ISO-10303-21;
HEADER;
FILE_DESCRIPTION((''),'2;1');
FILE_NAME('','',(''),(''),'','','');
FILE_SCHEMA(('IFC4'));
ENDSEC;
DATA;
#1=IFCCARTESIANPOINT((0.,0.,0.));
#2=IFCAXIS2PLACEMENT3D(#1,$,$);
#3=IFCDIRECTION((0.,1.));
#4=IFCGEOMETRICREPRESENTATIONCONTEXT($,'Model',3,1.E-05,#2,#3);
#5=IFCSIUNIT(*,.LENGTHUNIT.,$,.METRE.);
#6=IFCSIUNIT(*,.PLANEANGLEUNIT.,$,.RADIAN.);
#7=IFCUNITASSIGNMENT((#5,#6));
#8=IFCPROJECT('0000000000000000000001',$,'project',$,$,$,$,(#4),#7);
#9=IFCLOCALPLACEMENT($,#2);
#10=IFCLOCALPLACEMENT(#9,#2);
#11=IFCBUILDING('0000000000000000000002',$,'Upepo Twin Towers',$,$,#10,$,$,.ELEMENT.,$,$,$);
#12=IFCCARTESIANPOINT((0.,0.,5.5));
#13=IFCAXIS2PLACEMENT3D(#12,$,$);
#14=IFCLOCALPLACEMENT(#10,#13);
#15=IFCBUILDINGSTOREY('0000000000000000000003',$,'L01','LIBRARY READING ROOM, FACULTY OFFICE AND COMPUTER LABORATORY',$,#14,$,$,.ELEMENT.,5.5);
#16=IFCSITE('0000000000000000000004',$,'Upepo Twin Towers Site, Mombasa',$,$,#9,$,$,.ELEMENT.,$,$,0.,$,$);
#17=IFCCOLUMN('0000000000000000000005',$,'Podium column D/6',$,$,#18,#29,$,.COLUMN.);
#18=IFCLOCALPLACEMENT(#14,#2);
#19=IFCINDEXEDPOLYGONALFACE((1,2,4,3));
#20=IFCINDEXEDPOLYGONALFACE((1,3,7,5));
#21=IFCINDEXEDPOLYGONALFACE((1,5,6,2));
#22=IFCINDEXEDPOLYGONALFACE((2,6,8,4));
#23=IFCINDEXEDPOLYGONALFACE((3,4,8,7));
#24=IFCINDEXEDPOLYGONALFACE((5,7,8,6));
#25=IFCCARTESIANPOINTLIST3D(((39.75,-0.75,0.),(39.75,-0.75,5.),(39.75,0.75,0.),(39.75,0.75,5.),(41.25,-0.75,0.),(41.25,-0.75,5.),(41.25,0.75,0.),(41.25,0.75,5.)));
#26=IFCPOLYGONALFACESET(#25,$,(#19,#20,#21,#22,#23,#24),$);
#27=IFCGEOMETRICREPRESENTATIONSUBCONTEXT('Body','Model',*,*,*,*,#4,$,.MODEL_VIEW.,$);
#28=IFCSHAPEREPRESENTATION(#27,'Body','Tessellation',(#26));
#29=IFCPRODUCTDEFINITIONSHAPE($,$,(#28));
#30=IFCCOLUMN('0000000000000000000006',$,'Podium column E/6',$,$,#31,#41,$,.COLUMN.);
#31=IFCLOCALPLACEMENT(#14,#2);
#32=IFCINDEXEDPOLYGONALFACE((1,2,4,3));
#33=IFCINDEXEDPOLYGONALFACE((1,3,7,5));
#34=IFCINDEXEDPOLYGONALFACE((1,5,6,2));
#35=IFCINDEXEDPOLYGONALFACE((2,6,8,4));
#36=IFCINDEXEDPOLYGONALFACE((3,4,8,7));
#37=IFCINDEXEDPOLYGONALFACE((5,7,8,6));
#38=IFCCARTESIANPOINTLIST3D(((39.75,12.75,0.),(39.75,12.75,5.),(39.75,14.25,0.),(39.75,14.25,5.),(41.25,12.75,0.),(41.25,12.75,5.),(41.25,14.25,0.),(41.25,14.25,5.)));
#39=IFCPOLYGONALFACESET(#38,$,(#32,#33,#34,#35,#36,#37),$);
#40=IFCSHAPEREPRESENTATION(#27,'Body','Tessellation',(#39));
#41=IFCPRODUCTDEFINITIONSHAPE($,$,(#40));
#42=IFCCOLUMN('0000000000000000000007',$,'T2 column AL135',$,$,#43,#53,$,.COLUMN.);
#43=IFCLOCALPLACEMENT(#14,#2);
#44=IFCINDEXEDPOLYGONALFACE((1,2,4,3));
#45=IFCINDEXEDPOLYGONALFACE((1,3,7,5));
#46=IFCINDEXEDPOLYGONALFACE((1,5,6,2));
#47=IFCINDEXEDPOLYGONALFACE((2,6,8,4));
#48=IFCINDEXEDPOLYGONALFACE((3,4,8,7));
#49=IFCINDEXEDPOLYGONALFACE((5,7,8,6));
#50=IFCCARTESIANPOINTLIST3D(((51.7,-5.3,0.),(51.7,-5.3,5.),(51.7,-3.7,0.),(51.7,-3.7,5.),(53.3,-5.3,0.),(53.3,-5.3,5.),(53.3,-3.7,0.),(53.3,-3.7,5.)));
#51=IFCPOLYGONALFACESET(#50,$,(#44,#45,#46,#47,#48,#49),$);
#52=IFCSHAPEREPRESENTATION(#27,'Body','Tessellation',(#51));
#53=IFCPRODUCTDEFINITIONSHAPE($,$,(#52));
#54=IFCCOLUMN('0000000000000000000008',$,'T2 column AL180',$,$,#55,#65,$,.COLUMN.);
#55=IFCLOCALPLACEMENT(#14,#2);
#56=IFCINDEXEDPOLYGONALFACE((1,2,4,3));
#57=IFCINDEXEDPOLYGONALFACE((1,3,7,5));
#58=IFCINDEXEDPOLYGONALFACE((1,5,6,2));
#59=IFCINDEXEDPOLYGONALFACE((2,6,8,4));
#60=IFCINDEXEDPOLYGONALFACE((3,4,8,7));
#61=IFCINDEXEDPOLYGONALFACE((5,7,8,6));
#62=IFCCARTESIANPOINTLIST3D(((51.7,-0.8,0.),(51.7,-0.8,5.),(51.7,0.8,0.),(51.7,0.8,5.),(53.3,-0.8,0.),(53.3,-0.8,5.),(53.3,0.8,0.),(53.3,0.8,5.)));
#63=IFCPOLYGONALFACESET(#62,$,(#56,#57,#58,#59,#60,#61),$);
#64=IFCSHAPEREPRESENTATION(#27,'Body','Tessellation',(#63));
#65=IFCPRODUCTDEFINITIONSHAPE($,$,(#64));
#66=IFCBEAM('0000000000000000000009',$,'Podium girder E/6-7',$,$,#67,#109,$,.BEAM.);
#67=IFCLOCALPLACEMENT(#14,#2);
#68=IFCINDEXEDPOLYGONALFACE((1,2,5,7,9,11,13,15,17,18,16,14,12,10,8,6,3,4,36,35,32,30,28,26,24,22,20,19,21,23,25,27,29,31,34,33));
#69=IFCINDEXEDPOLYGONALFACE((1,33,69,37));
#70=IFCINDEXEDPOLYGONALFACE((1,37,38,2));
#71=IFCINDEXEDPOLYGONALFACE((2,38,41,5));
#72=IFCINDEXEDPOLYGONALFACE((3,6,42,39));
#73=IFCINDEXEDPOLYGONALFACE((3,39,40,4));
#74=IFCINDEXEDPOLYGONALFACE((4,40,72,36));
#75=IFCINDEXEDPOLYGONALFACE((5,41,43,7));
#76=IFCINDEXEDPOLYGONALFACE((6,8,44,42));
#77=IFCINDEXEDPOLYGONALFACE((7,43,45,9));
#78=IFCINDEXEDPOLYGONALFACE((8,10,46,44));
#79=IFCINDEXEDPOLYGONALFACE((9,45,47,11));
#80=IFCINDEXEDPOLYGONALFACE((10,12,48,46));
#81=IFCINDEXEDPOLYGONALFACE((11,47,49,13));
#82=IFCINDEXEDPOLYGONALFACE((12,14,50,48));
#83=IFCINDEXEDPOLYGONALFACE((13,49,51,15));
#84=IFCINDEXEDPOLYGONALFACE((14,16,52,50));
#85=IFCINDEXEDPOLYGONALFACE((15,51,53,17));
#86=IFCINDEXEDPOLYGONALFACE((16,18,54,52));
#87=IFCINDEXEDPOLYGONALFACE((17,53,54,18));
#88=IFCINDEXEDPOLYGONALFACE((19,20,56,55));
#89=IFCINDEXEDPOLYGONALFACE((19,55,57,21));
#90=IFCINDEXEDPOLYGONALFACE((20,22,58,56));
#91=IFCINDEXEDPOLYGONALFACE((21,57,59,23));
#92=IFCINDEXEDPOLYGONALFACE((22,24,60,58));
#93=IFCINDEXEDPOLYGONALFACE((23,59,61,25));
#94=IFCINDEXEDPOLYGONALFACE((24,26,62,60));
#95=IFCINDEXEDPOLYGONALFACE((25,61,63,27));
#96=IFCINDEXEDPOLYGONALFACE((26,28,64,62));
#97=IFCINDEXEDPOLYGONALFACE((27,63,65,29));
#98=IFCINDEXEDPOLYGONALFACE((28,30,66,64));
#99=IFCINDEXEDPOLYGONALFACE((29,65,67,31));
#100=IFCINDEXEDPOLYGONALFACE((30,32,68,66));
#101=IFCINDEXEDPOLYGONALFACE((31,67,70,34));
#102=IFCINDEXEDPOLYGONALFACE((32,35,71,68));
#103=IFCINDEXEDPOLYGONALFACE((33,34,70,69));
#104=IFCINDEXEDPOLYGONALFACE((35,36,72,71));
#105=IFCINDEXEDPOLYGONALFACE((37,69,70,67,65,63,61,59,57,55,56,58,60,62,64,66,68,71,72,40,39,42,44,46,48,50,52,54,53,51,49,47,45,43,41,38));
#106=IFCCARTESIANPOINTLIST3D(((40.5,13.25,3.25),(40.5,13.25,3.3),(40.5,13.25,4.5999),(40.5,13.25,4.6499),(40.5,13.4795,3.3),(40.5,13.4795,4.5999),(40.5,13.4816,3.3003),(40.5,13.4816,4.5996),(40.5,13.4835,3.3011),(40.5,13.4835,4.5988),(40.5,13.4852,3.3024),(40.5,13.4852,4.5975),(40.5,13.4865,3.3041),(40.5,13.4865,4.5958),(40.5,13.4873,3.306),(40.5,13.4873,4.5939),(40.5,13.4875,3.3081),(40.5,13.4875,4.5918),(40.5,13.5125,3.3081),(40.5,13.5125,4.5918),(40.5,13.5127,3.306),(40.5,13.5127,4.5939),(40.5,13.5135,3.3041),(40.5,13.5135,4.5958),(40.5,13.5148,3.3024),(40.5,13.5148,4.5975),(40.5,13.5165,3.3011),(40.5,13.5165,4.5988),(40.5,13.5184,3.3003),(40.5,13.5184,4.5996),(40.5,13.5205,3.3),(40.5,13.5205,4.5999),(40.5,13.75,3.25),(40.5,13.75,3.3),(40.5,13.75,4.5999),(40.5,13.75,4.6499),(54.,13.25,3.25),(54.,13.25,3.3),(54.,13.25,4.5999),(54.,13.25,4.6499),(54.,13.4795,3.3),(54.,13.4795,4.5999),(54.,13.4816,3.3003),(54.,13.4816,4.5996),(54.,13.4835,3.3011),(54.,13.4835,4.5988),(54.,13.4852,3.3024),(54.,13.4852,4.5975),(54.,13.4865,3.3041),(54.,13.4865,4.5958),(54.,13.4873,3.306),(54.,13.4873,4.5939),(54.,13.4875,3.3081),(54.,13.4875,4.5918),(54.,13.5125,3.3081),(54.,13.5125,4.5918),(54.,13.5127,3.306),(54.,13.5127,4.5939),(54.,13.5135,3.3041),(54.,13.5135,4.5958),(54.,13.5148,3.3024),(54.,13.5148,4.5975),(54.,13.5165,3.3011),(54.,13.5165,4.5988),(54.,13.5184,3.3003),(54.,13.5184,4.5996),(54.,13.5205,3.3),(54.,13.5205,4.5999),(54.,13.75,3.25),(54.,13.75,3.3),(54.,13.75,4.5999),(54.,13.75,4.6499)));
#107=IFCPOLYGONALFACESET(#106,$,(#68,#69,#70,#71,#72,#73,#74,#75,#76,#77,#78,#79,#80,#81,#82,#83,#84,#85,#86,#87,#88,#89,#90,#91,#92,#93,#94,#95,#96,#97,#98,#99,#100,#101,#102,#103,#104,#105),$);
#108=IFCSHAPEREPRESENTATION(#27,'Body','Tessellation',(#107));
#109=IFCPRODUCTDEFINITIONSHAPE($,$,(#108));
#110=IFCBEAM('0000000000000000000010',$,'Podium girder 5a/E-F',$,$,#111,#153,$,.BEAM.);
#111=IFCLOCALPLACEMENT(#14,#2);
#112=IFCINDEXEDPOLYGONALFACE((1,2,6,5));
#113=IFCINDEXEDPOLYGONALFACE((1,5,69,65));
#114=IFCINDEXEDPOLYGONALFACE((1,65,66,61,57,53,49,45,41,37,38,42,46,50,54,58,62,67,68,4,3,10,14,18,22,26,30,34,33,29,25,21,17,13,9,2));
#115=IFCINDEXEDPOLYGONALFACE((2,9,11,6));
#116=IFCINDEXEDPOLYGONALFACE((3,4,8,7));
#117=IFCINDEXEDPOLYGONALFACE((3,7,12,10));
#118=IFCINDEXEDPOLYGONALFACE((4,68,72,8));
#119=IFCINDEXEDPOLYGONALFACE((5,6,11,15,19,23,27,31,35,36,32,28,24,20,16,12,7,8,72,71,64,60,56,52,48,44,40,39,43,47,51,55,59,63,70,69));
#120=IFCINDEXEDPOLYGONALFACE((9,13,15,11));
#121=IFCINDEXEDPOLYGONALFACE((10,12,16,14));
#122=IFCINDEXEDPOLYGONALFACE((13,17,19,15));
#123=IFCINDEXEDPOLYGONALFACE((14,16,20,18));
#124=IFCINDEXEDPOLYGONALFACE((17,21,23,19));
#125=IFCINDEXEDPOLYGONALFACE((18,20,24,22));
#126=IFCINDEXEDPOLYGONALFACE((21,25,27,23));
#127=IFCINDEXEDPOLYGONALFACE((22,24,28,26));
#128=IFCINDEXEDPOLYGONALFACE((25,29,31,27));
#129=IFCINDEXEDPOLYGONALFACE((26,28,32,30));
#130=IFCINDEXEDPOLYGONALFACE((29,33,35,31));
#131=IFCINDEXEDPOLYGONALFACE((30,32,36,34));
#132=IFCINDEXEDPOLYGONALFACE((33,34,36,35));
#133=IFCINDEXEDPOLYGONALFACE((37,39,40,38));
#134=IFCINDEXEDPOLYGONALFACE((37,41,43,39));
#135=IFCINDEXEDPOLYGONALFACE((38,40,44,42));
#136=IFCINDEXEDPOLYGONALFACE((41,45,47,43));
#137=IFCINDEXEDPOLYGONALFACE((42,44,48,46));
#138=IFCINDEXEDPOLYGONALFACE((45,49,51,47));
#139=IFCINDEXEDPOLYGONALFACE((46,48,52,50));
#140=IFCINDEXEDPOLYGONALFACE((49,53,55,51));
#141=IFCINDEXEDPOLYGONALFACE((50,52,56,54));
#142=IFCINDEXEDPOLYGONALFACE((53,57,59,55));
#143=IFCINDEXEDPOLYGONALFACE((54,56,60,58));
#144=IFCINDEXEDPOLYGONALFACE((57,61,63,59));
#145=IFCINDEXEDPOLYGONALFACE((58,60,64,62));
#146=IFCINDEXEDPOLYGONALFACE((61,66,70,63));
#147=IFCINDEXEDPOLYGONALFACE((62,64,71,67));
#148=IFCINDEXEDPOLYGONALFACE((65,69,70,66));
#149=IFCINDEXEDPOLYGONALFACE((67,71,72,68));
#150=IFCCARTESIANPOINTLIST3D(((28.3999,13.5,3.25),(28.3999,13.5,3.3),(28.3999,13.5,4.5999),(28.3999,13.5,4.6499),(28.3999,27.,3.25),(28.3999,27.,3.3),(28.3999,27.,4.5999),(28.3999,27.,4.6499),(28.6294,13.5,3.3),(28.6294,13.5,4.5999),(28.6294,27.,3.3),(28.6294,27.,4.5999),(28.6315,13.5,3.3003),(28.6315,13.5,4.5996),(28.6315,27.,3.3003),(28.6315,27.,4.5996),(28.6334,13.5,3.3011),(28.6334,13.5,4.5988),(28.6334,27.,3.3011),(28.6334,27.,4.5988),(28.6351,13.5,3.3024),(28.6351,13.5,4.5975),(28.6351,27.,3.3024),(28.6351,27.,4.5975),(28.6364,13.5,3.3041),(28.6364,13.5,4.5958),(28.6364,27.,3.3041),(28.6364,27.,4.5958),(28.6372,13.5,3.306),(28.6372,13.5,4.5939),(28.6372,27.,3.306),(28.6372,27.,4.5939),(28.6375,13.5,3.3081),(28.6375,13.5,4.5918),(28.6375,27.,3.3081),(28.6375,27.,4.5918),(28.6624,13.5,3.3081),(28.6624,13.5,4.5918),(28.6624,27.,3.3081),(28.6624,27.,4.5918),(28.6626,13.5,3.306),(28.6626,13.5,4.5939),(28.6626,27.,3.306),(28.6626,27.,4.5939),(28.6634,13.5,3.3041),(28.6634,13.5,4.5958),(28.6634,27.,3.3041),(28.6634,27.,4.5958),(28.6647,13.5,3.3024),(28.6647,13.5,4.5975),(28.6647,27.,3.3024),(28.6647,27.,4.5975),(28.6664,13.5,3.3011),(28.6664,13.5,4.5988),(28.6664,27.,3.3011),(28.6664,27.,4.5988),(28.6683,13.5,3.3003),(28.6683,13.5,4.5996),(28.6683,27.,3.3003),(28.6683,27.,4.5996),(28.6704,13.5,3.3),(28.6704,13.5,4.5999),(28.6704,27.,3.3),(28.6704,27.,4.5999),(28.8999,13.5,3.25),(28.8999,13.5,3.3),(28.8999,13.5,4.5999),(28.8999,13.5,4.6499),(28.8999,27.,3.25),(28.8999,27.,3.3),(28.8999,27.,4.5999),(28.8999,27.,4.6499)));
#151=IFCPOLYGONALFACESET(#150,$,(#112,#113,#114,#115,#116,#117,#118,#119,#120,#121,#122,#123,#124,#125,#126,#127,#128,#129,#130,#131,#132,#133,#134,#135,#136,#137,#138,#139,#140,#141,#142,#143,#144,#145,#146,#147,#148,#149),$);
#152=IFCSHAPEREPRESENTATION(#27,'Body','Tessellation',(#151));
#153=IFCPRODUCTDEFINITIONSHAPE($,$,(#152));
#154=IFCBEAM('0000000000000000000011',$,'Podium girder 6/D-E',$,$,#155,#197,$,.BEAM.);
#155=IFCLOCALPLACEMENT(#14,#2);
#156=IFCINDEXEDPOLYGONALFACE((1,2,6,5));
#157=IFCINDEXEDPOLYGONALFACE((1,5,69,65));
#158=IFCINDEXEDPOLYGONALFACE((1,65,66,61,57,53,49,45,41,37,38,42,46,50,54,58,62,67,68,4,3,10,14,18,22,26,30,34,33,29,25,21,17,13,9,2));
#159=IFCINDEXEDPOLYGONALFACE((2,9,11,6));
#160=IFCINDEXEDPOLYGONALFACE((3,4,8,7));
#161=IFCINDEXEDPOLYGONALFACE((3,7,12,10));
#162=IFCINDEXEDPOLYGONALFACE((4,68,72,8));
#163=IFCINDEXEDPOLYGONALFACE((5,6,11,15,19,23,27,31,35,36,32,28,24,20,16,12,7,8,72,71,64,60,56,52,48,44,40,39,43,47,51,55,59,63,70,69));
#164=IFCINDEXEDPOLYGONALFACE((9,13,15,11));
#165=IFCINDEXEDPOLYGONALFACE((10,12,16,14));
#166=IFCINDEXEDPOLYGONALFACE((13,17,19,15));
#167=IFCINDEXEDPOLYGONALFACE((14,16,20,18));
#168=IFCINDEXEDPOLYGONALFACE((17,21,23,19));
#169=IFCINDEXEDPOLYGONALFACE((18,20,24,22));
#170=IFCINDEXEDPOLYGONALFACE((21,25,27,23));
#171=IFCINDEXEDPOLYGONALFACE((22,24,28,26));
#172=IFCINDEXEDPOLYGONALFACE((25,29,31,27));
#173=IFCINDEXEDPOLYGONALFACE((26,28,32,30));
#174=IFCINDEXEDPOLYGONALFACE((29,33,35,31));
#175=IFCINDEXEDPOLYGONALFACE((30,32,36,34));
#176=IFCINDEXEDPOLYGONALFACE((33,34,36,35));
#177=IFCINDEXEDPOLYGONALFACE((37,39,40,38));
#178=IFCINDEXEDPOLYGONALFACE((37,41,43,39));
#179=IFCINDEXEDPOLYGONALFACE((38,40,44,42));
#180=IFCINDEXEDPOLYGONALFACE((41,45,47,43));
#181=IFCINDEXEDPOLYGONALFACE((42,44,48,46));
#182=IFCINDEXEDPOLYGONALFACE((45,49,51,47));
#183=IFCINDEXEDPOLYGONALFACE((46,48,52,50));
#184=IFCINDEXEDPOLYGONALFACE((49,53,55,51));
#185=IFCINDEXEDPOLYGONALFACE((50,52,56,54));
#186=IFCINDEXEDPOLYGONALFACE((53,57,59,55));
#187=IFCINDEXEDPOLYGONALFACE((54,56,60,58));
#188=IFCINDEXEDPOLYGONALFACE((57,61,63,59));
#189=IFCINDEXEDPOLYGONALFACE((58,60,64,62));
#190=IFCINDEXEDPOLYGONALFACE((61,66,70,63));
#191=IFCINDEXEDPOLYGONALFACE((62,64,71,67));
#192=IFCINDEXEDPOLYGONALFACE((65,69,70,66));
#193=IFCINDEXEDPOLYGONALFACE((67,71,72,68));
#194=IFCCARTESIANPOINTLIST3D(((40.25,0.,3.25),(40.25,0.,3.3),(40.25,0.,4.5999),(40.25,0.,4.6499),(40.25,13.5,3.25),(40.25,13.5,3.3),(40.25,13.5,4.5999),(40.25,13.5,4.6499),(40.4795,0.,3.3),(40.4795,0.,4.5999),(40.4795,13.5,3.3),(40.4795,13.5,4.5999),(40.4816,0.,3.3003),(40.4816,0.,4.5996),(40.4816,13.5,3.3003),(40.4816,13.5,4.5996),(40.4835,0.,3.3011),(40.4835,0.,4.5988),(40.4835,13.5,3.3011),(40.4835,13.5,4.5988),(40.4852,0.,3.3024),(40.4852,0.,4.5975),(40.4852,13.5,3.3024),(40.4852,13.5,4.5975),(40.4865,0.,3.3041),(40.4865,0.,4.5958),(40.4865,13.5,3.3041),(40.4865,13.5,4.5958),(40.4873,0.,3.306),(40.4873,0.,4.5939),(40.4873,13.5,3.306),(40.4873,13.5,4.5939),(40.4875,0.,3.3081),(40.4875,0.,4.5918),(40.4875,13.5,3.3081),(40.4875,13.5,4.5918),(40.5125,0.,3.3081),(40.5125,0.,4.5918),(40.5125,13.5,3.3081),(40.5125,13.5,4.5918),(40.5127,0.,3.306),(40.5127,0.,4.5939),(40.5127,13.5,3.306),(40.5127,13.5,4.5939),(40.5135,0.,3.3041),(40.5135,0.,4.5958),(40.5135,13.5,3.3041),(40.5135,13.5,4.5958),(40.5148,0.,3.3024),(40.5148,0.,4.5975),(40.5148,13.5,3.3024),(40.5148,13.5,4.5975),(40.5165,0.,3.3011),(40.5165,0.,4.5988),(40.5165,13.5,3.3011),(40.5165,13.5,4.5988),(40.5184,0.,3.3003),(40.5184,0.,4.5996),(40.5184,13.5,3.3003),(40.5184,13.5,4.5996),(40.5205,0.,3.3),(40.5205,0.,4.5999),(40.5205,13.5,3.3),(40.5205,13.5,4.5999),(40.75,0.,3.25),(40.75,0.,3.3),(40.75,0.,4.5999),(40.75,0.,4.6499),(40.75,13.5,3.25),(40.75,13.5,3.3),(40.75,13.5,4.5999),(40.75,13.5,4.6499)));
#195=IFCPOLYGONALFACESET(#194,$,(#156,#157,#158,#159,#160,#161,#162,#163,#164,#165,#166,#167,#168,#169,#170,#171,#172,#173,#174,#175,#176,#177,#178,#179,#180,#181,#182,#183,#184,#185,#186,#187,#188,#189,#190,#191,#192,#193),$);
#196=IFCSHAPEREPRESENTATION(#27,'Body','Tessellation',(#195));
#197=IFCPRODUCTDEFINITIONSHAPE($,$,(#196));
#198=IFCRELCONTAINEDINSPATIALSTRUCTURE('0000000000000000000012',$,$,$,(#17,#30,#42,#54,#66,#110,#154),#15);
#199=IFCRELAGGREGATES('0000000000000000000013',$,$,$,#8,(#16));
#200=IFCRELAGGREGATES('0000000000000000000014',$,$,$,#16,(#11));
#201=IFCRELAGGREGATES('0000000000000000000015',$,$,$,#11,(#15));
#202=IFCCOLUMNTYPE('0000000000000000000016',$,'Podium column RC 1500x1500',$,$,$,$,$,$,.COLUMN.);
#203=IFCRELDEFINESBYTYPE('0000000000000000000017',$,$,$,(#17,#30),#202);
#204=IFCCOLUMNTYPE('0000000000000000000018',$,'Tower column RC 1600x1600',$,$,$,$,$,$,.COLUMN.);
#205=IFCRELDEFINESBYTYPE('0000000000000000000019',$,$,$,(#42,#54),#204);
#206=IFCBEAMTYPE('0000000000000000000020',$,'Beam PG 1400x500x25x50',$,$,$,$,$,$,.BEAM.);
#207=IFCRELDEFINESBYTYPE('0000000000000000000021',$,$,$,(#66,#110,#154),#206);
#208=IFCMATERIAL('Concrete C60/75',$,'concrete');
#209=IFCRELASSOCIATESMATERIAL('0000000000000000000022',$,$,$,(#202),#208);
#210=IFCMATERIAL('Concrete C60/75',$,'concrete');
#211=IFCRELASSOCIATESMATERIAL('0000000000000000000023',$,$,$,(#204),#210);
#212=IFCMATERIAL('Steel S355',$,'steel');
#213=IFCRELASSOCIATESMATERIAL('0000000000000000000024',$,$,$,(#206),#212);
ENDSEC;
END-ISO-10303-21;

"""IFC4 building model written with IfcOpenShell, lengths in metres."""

from ifc_helpers import new_model, si_unit, direction, frame, origin, origin_2d, place, context, subcontext, project, spatial, rectangle, i_section, extrude, material, material_profile, profile_set, type_object, element, save


model = new_model("IFC4")

# Units and contexts
model_context = context("Model", 3, precision=1e-05, world=origin(), true_north=direction((0.0, 1.0)))
body_context = subcontext(model_context, "Body", "Model", "MODEL_VIEW")
ifc_project = project(units=[si_unit("LENGTHUNIT", "METRE"), si_unit("PLANEANGLEUNIT", "RADIAN")], contexts=[model_context])

# Site, building, storey
site_placement = place(None, origin())
site = spatial("IfcSite", under=ifc_project, at=site_placement, Name="Upepo Twin Towers Site, Mombasa", CompositionType="ELEMENT", RefElevation=0.0)
building_placement = place(site_placement, origin())
building = spatial("IfcBuilding", under=site, at=building_placement, Name="Upepo Twin Towers", CompositionType="ELEMENT")
storey_placement = place(building_placement, frame((0.0, 0.0, 5.5)))
storey = spatial("IfcBuildingStorey", under=building, at=storey_placement, Name="L01", Description="LIBRARY READING ROOM, FACULTY OFFICE AND COMPUTER LABORATORY", CompositionType="ELEMENT", Elevation=5.5)

# Columns
ifc_material_1 = material(Name="Concrete C60/75", Category="concrete")
ifc_material_profile_1 = material_profile(ifc_material_1, rectangle(XDim=1.5, YDim=1.5, at=origin_2d()), Name="RC 1500x1500")
ifc_profile_set_1 = profile_set([ifc_material_profile_1], Name="Concrete C60/75")
column_type_1 = type_object("IfcColumnType", Name="Podium column RC 1500x1500", PredefinedType="COLUMN", material=ifc_profile_set_1)
for number, where, z_axis, x_axis, name in (
    (1, (40.5, 0.0, 0.0), (0.0, 0.0, 1.0), (1.0, 0.0, 0.0), "Podium column D/6"),
    (2, (40.5, 13.5, 0.0), (0.0, 0.0, 1.0), (1.0, 0.0, 0.0), "Podium column E/6"),
):
    element("IfcColumn", number, at=place(storey_placement, frame(where, z_axis=z_axis, x_axis=x_axis)), inside=storey, type_object=column_type_1, Name=name, PredefinedType="COLUMN", context=body_context, shape_type="SweptSolid", body=[
        extrude(rectangle(XDim=1.5, YDim=1.5, at=origin_2d()), origin(), (0.0, 0.0, 1.0), 5.0),
    ])
ifc_material_2 = material(Name="Concrete C60/75", Category="concrete")
ifc_material_profile_2 = material_profile(ifc_material_2, rectangle(XDim=1.6001, YDim=1.6001, at=origin_2d()), Name="RC 1600x1600")
ifc_profile_set_2 = profile_set([ifc_material_profile_2], Name="Concrete C60/75")
column_type_2 = type_object("IfcColumnType", Name="Tower column RC 1600x1600", PredefinedType="COLUMN", material=ifc_profile_set_2)
for number, where, z_axis, x_axis, name in (
    (3, (52.5, -4.5, 0.0), (0.0, 0.0, 1.0), (1.0, 0.0, 0.0), "T2 column AL135"),
    (4, (52.5, 0.0, 0.0), (0.0, 0.0, 1.0), (1.0, 0.0, 0.0), "T2 column AL180"),
):
    element("IfcColumn", number, at=place(storey_placement, frame(where, z_axis=z_axis, x_axis=x_axis)), inside=storey, type_object=column_type_2, Name=name, PredefinedType="COLUMN", context=body_context, shape_type="SweptSolid", body=[
        extrude(rectangle(XDim=1.6001, YDim=1.6001, at=origin_2d()), origin(), (0.0, 0.0, 1.0), 5.0),
    ])

# Beams
ifc_material_3 = material(Name="Steel S355", Category="steel")
ifc_material_profile_3 = material_profile(ifc_material_3, i_section(OverallWidth=0.5, OverallDepth=1.3999, WebThickness=0.0249, FlangeThickness=0.05, FilletRadius=0.0081, at=origin_2d()), Name="PG 1400x500x25x50")
ifc_profile_set_3 = profile_set([ifc_material_profile_3], Name="Steel S355")
beam_type_1 = type_object("IfcBeamType", Name="Beam PG 1400x500x25x50", PredefinedType="BEAM", material=ifc_profile_set_3)
for number, where, z_axis, x_axis, name in (
    (5, (40.5, 13.5, 3.95), (1.0, 0.0, 0.0), (0.0, 1.0, 0.0), "Podium girder E/6-7"),
    (6, (28.6499, 13.5, 3.95), (0.0, 1.0, 0.0), (-1.0, 0.0, 0.0), "Podium girder 5a/E-F"),
    (7, (40.5, 0.0, 3.95), (0.0, 1.0, 0.0), (-1.0, 0.0, 0.0), "Podium girder 6/D-E"),
):
    element("IfcBeam", number, at=place(storey_placement, frame(where, z_axis=z_axis, x_axis=x_axis)), inside=storey, type_object=beam_type_1, Name=name, PredefinedType="BEAM", context=body_context, shape_type="SweptSolid", body=[
        extrude(i_section(OverallWidth=0.5, OverallDepth=1.3999, WebThickness=0.0249, FlangeThickness=0.05, FilletRadius=0.0081, at=origin_2d()), origin(), (0.0, 0.0, 1.0), 13.5),
    ])

save(model, "model.ifc")
